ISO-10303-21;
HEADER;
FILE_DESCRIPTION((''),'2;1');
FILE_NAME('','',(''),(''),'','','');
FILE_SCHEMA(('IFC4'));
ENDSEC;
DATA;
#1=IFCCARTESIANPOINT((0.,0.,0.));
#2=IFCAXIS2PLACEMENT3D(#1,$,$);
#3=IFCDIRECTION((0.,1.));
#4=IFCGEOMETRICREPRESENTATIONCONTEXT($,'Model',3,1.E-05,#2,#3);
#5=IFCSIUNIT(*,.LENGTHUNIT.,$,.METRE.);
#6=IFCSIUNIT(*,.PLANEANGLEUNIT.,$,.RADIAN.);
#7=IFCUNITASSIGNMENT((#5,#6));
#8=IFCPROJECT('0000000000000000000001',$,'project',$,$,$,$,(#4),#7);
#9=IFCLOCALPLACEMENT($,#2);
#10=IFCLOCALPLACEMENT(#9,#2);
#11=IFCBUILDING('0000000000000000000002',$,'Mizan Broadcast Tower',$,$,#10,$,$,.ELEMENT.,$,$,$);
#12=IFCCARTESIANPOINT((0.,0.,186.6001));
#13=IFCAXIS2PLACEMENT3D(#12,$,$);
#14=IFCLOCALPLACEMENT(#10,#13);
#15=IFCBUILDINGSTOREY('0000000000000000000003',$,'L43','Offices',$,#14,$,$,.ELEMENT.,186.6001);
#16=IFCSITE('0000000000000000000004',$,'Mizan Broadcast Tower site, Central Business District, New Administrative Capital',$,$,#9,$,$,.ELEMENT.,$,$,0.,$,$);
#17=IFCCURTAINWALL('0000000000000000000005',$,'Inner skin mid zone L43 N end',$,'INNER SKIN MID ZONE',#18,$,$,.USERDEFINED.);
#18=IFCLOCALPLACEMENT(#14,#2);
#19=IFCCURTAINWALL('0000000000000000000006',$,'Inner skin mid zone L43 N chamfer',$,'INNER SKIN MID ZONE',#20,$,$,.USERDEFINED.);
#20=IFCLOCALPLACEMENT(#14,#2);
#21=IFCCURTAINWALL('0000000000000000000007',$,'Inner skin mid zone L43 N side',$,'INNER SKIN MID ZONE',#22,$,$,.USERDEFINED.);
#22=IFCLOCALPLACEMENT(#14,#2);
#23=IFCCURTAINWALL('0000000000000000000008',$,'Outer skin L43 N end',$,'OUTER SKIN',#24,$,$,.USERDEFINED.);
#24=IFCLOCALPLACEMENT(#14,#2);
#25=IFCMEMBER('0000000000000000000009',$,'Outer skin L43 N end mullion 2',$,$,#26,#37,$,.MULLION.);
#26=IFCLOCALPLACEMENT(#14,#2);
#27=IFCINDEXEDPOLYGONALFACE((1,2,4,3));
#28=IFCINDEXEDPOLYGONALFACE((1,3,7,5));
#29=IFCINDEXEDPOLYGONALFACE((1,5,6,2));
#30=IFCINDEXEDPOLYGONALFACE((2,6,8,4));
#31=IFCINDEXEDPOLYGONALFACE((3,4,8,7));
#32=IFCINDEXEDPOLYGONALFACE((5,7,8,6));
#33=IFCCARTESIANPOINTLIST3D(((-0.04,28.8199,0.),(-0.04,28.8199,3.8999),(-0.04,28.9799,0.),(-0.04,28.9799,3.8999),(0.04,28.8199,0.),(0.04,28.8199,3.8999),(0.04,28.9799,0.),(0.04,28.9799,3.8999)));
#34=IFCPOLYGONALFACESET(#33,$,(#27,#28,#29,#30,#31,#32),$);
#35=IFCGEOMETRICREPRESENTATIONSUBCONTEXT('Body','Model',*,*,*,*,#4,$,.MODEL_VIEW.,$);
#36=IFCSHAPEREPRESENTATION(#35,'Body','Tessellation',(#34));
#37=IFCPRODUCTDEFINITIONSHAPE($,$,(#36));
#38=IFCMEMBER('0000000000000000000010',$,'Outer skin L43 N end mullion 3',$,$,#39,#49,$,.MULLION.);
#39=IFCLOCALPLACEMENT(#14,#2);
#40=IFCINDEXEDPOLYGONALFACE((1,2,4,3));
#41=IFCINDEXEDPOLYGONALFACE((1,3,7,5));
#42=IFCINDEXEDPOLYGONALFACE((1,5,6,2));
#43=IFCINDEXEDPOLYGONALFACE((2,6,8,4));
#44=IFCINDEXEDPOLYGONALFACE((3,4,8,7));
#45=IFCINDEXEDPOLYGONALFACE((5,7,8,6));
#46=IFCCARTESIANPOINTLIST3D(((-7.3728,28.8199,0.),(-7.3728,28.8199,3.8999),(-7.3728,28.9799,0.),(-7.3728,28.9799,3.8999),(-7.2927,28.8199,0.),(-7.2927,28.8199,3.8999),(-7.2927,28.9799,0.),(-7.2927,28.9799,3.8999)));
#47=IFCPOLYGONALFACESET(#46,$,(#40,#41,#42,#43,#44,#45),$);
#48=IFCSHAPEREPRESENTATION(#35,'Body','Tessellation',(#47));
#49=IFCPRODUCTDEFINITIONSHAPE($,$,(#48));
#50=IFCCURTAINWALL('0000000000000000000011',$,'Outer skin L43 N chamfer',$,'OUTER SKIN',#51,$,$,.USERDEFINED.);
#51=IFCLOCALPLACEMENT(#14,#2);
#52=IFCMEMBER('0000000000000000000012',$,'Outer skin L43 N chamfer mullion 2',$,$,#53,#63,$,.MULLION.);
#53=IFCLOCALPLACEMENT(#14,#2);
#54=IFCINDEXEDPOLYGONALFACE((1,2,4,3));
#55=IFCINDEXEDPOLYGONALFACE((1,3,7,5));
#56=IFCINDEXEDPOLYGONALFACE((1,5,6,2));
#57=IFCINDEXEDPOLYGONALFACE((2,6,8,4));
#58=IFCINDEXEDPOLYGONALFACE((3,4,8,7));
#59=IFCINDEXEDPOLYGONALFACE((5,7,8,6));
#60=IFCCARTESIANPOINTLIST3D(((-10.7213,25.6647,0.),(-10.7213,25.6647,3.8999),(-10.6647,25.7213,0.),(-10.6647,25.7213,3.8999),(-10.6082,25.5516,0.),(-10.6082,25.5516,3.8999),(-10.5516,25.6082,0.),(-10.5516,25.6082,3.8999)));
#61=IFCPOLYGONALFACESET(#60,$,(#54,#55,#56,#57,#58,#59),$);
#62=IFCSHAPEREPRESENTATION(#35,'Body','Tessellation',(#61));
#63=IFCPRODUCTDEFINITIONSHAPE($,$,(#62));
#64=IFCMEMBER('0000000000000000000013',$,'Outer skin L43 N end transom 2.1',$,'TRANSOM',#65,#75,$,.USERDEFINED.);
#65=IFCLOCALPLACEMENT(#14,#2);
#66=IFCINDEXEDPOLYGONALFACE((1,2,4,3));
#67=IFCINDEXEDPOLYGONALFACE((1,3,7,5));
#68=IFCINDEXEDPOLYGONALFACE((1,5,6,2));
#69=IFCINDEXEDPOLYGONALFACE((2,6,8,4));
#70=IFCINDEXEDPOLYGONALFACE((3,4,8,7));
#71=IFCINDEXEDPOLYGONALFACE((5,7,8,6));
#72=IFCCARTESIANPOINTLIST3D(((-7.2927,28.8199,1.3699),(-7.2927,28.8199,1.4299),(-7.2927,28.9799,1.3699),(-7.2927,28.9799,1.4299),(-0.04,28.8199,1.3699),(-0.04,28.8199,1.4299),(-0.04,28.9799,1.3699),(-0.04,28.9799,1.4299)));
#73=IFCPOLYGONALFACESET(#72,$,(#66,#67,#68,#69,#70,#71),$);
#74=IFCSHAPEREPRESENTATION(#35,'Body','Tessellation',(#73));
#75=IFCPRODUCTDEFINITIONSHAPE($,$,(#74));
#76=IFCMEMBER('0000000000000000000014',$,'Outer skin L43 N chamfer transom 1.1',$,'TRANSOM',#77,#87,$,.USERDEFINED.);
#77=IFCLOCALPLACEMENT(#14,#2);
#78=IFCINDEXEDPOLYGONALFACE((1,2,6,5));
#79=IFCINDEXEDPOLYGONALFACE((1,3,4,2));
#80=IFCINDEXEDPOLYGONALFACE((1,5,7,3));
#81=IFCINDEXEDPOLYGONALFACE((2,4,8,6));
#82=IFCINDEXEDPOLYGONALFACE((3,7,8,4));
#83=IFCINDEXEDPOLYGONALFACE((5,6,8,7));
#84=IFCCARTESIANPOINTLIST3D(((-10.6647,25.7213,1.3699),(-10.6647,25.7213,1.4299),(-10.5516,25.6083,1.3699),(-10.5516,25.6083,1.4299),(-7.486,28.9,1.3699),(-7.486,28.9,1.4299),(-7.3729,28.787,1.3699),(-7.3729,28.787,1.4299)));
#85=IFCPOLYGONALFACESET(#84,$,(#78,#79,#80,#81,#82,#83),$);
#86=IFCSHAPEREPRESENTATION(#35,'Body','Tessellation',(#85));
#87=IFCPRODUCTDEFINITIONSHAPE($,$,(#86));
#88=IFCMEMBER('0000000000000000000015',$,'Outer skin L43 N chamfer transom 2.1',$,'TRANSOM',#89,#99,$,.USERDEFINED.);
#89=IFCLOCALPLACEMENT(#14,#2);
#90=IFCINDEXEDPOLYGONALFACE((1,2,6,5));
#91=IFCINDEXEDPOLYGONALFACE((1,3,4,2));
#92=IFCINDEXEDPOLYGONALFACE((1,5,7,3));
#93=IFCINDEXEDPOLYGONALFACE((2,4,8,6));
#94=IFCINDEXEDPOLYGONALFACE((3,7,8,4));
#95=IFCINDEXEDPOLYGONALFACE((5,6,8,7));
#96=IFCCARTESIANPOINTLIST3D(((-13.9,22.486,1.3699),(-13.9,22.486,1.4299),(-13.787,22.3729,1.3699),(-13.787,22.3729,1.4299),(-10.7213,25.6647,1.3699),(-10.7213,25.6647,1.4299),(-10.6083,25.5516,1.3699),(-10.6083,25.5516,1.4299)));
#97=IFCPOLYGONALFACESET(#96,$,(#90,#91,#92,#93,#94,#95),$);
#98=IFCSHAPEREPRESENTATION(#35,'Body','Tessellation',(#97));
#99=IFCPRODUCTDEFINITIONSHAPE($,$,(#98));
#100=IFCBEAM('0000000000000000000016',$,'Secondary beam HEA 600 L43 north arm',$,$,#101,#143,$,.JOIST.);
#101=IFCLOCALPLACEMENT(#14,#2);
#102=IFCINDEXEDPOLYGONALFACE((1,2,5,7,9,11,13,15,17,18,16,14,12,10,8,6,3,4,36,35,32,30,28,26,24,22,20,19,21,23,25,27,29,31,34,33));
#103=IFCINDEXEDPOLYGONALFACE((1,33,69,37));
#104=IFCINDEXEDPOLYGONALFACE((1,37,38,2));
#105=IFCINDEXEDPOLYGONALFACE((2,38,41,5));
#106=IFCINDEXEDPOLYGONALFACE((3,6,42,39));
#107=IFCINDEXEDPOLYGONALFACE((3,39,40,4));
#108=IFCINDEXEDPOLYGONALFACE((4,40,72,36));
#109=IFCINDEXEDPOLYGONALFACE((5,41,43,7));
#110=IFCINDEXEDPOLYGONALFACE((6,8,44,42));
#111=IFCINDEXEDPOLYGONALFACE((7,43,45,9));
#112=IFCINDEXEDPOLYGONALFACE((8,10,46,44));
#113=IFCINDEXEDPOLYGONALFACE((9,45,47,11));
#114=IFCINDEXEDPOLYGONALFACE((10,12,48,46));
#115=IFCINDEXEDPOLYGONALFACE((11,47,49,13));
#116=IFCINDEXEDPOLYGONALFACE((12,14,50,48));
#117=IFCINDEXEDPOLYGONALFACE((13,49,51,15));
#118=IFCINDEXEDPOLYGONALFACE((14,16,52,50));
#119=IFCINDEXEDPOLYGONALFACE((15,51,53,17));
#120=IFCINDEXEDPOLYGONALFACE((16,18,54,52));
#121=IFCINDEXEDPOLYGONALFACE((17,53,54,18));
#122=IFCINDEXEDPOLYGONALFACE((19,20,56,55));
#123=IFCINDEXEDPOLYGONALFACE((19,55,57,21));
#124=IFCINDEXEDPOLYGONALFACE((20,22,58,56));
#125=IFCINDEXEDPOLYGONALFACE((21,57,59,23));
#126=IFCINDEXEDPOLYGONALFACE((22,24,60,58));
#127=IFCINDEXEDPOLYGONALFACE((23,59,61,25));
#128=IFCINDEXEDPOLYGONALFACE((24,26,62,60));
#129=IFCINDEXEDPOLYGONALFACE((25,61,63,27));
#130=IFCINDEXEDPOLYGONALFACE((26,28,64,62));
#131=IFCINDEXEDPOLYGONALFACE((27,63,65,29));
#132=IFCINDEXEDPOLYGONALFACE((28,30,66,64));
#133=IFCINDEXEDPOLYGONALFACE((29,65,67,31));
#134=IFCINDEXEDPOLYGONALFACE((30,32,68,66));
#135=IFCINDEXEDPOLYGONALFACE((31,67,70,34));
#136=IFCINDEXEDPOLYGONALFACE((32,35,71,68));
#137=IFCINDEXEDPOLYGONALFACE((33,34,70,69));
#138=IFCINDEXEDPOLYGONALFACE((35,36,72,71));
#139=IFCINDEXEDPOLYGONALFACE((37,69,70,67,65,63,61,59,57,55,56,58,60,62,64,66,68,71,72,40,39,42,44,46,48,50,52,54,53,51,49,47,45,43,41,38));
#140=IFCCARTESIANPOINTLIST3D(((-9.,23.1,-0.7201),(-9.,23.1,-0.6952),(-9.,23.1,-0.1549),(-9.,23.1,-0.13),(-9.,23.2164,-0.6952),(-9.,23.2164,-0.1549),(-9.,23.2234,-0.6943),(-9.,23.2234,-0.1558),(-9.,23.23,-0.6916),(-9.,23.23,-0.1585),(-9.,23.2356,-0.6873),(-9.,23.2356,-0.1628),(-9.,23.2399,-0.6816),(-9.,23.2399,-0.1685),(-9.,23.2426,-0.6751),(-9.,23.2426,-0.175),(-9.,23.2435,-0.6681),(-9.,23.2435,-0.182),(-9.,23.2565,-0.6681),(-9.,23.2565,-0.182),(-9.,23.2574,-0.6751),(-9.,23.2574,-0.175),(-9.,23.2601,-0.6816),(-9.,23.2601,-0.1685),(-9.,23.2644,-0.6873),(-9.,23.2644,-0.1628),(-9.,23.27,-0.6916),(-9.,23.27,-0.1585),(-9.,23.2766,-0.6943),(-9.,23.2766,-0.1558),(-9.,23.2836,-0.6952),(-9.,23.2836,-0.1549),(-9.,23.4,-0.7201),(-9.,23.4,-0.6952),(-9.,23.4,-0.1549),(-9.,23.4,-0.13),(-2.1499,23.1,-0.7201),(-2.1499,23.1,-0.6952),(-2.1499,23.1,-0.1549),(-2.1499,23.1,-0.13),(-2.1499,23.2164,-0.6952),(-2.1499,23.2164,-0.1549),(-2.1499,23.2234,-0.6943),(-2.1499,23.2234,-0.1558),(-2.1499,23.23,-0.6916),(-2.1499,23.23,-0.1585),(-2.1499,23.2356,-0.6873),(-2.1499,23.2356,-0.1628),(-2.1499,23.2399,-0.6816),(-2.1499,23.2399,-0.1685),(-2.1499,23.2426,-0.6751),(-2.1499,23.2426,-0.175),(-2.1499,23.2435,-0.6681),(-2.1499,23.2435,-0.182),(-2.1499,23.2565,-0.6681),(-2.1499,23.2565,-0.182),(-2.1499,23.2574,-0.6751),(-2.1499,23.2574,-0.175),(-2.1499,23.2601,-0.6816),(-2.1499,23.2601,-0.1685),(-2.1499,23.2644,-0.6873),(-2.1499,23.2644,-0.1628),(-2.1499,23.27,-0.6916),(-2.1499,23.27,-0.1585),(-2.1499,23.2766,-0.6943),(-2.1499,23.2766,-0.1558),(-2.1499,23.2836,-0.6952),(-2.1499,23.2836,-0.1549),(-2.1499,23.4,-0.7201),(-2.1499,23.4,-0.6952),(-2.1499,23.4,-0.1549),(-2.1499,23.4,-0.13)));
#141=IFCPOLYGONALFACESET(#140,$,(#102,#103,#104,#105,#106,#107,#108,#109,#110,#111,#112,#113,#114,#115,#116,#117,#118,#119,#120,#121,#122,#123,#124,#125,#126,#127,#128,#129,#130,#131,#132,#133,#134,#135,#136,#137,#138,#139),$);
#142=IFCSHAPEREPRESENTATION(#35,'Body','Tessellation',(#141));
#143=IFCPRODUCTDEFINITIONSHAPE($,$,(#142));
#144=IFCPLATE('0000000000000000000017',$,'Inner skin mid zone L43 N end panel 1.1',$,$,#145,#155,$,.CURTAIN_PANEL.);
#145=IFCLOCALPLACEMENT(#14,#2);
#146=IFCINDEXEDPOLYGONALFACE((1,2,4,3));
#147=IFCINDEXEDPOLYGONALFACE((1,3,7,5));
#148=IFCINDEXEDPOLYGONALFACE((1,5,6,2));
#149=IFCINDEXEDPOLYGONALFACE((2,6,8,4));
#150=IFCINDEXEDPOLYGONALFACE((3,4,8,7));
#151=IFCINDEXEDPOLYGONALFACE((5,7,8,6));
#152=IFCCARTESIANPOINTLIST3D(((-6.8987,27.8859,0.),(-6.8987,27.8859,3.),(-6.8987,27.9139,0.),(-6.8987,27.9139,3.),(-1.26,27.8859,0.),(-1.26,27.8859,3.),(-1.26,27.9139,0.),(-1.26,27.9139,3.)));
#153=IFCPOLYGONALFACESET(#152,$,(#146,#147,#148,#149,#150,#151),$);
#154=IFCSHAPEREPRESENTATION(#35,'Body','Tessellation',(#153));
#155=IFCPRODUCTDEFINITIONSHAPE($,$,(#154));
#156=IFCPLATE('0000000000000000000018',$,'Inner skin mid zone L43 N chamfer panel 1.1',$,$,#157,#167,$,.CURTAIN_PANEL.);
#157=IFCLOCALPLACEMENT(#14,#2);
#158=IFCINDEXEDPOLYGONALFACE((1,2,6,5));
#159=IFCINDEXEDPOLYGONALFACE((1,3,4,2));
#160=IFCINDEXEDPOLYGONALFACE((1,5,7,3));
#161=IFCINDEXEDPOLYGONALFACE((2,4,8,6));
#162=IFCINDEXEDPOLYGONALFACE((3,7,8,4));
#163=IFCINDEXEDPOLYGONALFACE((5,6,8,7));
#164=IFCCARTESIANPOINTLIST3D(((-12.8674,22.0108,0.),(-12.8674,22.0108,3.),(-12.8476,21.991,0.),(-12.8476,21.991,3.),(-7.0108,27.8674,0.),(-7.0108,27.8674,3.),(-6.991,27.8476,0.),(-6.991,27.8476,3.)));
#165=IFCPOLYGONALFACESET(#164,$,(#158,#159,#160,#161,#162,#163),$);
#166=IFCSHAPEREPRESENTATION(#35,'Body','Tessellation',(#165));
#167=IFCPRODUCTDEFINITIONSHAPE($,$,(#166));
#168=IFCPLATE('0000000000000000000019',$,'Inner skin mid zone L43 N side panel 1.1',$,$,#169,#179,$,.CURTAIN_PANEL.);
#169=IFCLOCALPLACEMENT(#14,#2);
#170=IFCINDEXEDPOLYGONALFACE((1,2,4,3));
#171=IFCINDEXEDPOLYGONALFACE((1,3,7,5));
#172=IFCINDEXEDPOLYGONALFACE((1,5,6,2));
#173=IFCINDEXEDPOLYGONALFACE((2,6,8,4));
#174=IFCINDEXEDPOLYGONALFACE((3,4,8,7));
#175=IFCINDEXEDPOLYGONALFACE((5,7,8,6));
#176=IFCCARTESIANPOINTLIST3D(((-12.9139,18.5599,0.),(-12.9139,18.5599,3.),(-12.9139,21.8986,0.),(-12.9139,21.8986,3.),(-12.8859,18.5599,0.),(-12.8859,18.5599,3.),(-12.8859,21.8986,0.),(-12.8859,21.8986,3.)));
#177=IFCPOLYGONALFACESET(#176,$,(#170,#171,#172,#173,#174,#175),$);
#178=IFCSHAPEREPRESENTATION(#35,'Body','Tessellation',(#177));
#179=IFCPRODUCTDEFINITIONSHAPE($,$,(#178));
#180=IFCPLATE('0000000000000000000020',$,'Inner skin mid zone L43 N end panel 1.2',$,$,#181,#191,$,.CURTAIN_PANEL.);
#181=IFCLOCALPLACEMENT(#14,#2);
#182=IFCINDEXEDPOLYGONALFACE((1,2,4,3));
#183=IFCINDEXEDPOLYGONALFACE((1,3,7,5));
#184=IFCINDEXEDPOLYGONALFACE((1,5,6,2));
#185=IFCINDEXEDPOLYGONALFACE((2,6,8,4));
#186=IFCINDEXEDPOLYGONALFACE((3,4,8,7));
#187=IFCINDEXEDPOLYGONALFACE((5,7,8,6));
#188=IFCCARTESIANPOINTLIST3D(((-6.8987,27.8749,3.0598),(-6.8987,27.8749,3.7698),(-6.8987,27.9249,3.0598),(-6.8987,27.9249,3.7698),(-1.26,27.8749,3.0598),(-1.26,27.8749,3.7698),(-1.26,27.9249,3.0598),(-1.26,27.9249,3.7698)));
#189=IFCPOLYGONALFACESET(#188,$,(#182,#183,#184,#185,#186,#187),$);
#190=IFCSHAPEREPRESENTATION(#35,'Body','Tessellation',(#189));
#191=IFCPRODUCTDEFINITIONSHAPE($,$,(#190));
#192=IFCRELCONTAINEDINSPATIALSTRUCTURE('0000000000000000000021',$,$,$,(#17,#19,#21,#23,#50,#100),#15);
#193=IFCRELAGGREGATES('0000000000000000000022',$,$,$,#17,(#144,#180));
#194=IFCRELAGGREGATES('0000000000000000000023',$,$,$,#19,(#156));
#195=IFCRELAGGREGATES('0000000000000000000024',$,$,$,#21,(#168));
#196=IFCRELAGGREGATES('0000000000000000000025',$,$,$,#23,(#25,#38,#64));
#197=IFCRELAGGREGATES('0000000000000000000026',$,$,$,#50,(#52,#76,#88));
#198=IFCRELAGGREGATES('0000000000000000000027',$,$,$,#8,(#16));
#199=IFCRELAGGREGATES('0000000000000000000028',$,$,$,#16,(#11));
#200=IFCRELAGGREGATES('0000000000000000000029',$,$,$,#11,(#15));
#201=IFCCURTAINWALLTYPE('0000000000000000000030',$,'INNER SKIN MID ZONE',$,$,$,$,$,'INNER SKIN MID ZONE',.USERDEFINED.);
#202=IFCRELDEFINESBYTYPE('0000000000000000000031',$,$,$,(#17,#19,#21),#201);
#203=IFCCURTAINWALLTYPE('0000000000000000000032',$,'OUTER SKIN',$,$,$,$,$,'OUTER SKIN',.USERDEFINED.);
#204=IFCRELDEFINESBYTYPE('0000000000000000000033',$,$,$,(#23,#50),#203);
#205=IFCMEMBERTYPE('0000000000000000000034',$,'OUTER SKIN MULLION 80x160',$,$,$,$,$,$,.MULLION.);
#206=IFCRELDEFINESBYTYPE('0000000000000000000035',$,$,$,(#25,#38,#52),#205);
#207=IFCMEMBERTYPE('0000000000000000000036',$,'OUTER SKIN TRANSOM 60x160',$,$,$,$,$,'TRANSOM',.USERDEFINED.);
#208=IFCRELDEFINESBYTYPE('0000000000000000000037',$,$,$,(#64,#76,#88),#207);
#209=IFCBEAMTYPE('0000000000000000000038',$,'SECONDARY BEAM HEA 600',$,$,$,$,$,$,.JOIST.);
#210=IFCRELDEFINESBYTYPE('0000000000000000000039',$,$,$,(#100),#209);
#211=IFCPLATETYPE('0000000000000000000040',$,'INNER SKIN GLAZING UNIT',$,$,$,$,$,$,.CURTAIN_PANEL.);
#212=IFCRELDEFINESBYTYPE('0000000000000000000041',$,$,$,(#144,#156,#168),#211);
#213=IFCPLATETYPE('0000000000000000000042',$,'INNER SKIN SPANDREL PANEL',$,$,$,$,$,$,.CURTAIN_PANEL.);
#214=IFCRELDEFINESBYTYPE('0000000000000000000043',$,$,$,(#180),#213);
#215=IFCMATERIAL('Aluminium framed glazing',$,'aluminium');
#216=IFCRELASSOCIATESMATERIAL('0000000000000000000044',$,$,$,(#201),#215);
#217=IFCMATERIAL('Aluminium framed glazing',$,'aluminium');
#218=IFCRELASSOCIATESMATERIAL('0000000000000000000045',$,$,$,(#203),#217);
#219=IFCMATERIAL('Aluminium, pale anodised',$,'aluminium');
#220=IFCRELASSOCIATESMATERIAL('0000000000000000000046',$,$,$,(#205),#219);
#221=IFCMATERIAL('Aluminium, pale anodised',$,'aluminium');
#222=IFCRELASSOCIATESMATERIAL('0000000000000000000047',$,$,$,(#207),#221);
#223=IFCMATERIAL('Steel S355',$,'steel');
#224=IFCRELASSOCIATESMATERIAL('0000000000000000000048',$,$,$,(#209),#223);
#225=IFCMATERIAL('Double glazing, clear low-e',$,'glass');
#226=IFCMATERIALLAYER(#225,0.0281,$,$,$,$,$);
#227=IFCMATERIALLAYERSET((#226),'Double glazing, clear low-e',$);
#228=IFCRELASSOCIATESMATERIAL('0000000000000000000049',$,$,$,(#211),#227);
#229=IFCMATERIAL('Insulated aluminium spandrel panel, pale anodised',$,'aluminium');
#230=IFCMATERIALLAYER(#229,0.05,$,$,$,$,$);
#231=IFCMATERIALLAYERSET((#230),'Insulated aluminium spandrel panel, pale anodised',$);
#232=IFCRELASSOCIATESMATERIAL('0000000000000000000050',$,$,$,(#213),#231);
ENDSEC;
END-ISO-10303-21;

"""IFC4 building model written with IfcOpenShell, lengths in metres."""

from ifc_helpers import new_model, si_unit, direction, frame, origin, origin_2d, place, context, subcontext, project, spatial, rectangle, i_section, extrude, material, layer, layer_set, material_profile, profile_set, type_object, element, aggregate, save


model = new_model("IFC4")

# Units and contexts
model_context = context("Model", 3, precision=1e-05, world=origin(), true_north=direction((0.0, 1.0)))
body_context = subcontext(model_context, "Body", "Model", "MODEL_VIEW")
ifc_project = project(units=[si_unit("LENGTHUNIT", "METRE"), si_unit("PLANEANGLEUNIT", "RADIAN")], contexts=[model_context])

# Site, building, storey
site_placement = place(None, origin())
site = spatial("IfcSite", under=ifc_project, at=site_placement, Name="Mizan Broadcast Tower site, Central Business District, New Administrative Capital", CompositionType="ELEMENT", RefElevation=0.0)
building_placement = place(site_placement, origin())
building = spatial("IfcBuilding", under=site, at=building_placement, Name="Mizan Broadcast Tower", CompositionType="ELEMENT")
storey_placement = place(building_placement, frame((0.0, 0.0, 186.6001)))
storey = spatial("IfcBuildingStorey", under=building, at=storey_placement, Name="L43", Description="Offices", CompositionType="ELEMENT", Elevation=186.6001)

# Curtain wall
ifc_material_1 = material(Name="Aluminium framed glazing", Category="aluminium")
curtain_wall_type_1 = type_object("IfcCurtainWallType", Name="INNER SKIN MID ZONE", ElementType="INNER SKIN MID ZONE", PredefinedType="USERDEFINED", material=ifc_material_1)
curtain_wall_1_placement = place(storey_placement, origin())
curtain_wall_1 = element("IfcCurtainWall", 1, at=curtain_wall_1_placement, inside=storey, type_object=curtain_wall_type_1, Name="Inner skin mid zone L43 N end", ObjectType="INNER SKIN MID ZONE", PredefinedType="USERDEFINED")

# Curtain wall
curtain_wall_2_placement = place(storey_placement, origin())
curtain_wall_2 = element("IfcCurtainWall", 2, at=curtain_wall_2_placement, inside=storey, type_object=curtain_wall_type_1, Name="Inner skin mid zone L43 N chamfer", ObjectType="INNER SKIN MID ZONE", PredefinedType="USERDEFINED")

# Curtain wall
curtain_wall_3_placement = place(storey_placement, origin())
curtain_wall_3 = element("IfcCurtainWall", 3, at=curtain_wall_3_placement, inside=storey, type_object=curtain_wall_type_1, Name="Inner skin mid zone L43 N side", ObjectType="INNER SKIN MID ZONE", PredefinedType="USERDEFINED")

# Curtain wall, members
ifc_material_2 = material(Name="Aluminium framed glazing", Category="aluminium")
curtain_wall_type_2 = type_object("IfcCurtainWallType", Name="OUTER SKIN", ElementType="OUTER SKIN", PredefinedType="USERDEFINED", material=ifc_material_2)
curtain_wall_4_placement = place(storey_placement, origin())
curtain_wall_4 = element("IfcCurtainWall", 4, at=curtain_wall_4_placement, inside=storey, type_object=curtain_wall_type_2, Name="Outer skin L43 N end", ObjectType="OUTER SKIN", PredefinedType="USERDEFINED")
ifc_material_3 = material(Name="Aluminium, pale anodised", Category="aluminium")
ifc_material_profile_1 = material_profile(ifc_material_3, rectangle(XDim=0.1599, YDim=0.0801, at=origin_2d()), Name="MULLION 160x80")
ifc_profile_set_1 = profile_set([ifc_material_profile_1], Name="Aluminium, pale anodised")
member_type_1 = type_object("IfcMemberType", Name="OUTER SKIN MULLION 80x160", PredefinedType="MULLION", material=ifc_profile_set_1)
member_1_placement = place(storey_placement, frame((0.0, 28.8999, 0.0), z_axis=(0.0, 0.0, 1.0), x_axis=(0.0, -1.0, 0.0)))
member_1 = element("IfcMember", 5, at=member_1_placement, type_object=member_type_1, Name="Outer skin L43 N end mullion 2", PredefinedType="MULLION", context=body_context, shape_type="SweptSolid", body=[
    extrude(rectangle(XDim=0.1599, YDim=0.0801, at=origin_2d()), origin(), (0.0, 0.0, 1.0), 3.8999),
])
member_2_placement = place(storey_placement, frame((-7.3328, 28.8999, 0.0), z_axis=(0.0, 0.0, 1.0), x_axis=(0.0, -1.0, 0.0)))
member_2 = element("IfcMember", 6, at=member_2_placement, type_object=member_type_1, Name="Outer skin L43 N end mullion 3", PredefinedType="MULLION", context=body_context, shape_type="SweptSolid", body=[
    extrude(rectangle(XDim=0.1599, YDim=0.0801, at=origin_2d()), origin(), (0.0, 0.0, 1.0), 3.8999),
])

# Curtain wall, member
curtain_wall_5_placement = place(storey_placement, origin())
curtain_wall_5 = element("IfcCurtainWall", 7, at=curtain_wall_5_placement, inside=storey, type_object=curtain_wall_type_2, Name="Outer skin L43 N chamfer", ObjectType="OUTER SKIN", PredefinedType="USERDEFINED")
member_3_placement = place(storey_placement, frame((-10.6365, 25.6365, 0.0), z_axis=(0.0, 0.0, 1.0), x_axis=(0.707107, -0.707107, 0.0)))
member_3 = element("IfcMember", 8, at=member_3_placement, type_object=member_type_1, Name="Outer skin L43 N chamfer mullion 2", PredefinedType="MULLION", context=body_context, shape_type="SweptSolid", body=[
    extrude(rectangle(XDim=0.1599, YDim=0.0801, at=origin_2d()), origin(), (0.0, 0.0, 1.0), 3.8999),
])

# Members
ifc_material_4 = material(Name="Aluminium, pale anodised", Category="aluminium")
ifc_material_profile_2 = material_profile(ifc_material_4, rectangle(XDim=0.1599, YDim=0.0601, at=origin_2d()), Name="TRANSOM 160x60")
ifc_profile_set_2 = profile_set([ifc_material_profile_2], Name="Aluminium, pale anodised")
member_type_2 = type_object("IfcMemberType", Name="OUTER SKIN TRANSOM 60x160", ElementType="TRANSOM", PredefinedType="USERDEFINED", material=ifc_profile_set_2)
member_4_placement = place(storey_placement, frame((-0.04, 28.8999, 1.3999), z_axis=(-1.0, 0.0, 0.0), x_axis=(0.0, -1.0, 0.0)))
member_4 = element("IfcMember", 9, at=member_4_placement, type_object=member_type_2, Name="Outer skin L43 N end transom 2.1", ObjectType="TRANSOM", PredefinedType="USERDEFINED", context=body_context, shape_type="SweptSolid", body=[
    extrude(rectangle(XDim=0.1599, YDim=0.0601, at=origin_2d()), origin(), (0.0, 0.0, 1.0), 7.2527),
])
member_5_placement = place(storey_placement, frame((-7.4294, 28.8435, 1.3999), z_axis=(-0.707107, -0.707107, 0.0), x_axis=(0.707107, -0.707107, 0.0)))
member_5 = element("IfcMember", 10, at=member_5_placement, type_object=member_type_2, Name="Outer skin L43 N chamfer transom 1.1", ObjectType="TRANSOM", PredefinedType="USERDEFINED", context=body_context, shape_type="SweptSolid", body=[
    extrude(rectangle(XDim=0.1599, YDim=0.0601, at=origin_2d()), origin(), (0.0, 0.0, 1.0), 4.4954),
])
member_6_placement = place(storey_placement, frame((-10.6648, 25.6082, 1.3999), z_axis=(-0.707107, -0.707107, 0.0), x_axis=(0.707107, -0.707107, 0.0)))
member_6 = element("IfcMember", 11, at=member_6_placement, type_object=member_type_2, Name="Outer skin L43 N chamfer transom 2.1", ObjectType="TRANSOM", PredefinedType="USERDEFINED", context=body_context, shape_type="SweptSolid", body=[
    extrude(rectangle(XDim=0.1599, YDim=0.0601, at=origin_2d()), origin(), (0.0, 0.0, 1.0), 4.4954),
])

# Beam
ifc_material_5 = material(Name="Steel S355", Category="steel")
ifc_material_profile_3 = material_profile(ifc_material_5, i_section(OverallWidth=0.3, OverallDepth=0.5901, WebThickness=0.0129, FlangeThickness=0.0249, FilletRadius=0.0271, at=origin_2d()), Name="HEA 600")
ifc_profile_set_3 = profile_set([ifc_material_profile_3], Name="Steel S355")
beam_type_1 = type_object("IfcBeamType", Name="SECONDARY BEAM HEA 600", PredefinedType="JOIST", material=ifc_profile_set_3)
beam_1_placement = place(storey_placement, frame((-9.0, 23.25, -0.425), z_axis=(1.0, 0.0, 0.0), x_axis=(0.0, 1.0, 0.0)))
element("IfcBeam", 12, at=beam_1_placement, inside=storey, type_object=beam_type_1, Name="Secondary beam HEA 600 L43 north arm", PredefinedType="JOIST", context=body_context, shape_type="SweptSolid", body=[
    extrude(i_section(OverallWidth=0.3, OverallDepth=0.5901, WebThickness=0.0129, FlangeThickness=0.0249, FilletRadius=0.0271, at=origin_2d()), origin(), (0.0, 0.0, 1.0), 6.8501),
])

# Plates
ifc_material_6 = material(Name="Double glazing, clear low-e", Category="glass")
ifc_layer_1 = layer(ifc_material_6, 0.0281)
ifc_layer_set_1 = layer_set([ifc_layer_1], Name="Double glazing, clear low-e")
plate_type_1 = type_object("IfcPlateType", Name="INNER SKIN GLAZING UNIT", PredefinedType="CURTAIN_PANEL", material=ifc_layer_set_1)
plate_1_placement = place(storey_placement, frame((-4.0793, 27.8999, 0.0), z_axis=(0.0, 0.0, 1.0), x_axis=(-1.0, 0.0, 0.0)))
plate_1 = element("IfcPlate", 13, at=plate_1_placement, type_object=plate_type_1, Name="Inner skin mid zone L43 N end panel 1.1", PredefinedType="CURTAIN_PANEL", context=body_context, shape_type="SweptSolid", body=[
    extrude(rectangle(XDim=5.6387, YDim=0.0281, at=origin_2d()), origin(), (0.0, 0.0, 1.0), 3.0),
])
plate_2_placement = place(storey_placement, frame((-9.9292, 24.9292, 0.0), z_axis=(0.0, 0.0, 1.0), x_axis=(-0.707107, -0.707107, 0.0)))
plate_2 = element("IfcPlate", 14, at=plate_2_placement, type_object=plate_type_1, Name="Inner skin mid zone L43 N chamfer panel 1.1", PredefinedType="CURTAIN_PANEL", context=body_context, shape_type="SweptSolid", body=[
    extrude(rectangle(XDim=8.2825, YDim=0.0281, at=origin_2d()), origin(), (0.0, 0.0, 1.0), 3.0),
])
plate_3_placement = place(storey_placement, frame((-12.8999, 20.2292, 0.0), z_axis=(0.0, 0.0, 1.0), x_axis=(0.0, -1.0, 0.0)))
plate_3 = element("IfcPlate", 15, at=plate_3_placement, type_object=plate_type_1, Name="Inner skin mid zone L43 N side panel 1.1", PredefinedType="CURTAIN_PANEL", context=body_context, shape_type="SweptSolid", body=[
    extrude(rectangle(XDim=3.3386, YDim=0.0281, at=origin_2d()), origin(), (0.0, 0.0, 1.0), 3.0),
])
ifc_material_7 = material(Name="Insulated aluminium spandrel panel, pale anodised", Category="aluminium")
ifc_layer_2 = layer(ifc_material_7, 0.05)
ifc_layer_set_2 = layer_set([ifc_layer_2], Name="Insulated aluminium spandrel panel, pale anodised")
plate_type_2 = type_object("IfcPlateType", Name="INNER SKIN SPANDREL PANEL", PredefinedType="CURTAIN_PANEL", material=ifc_layer_set_2)
plate_4_placement = place(storey_placement, frame((-4.0793, 27.8999, 3.0598), z_axis=(0.0, 0.0, 1.0), x_axis=(-1.0, 0.0, 0.0)))
plate_4 = element("IfcPlate", 16, at=plate_4_placement, type_object=plate_type_2, Name="Inner skin mid zone L43 N end panel 1.2", PredefinedType="CURTAIN_PANEL", context=body_context, shape_type="SweptSolid", body=[
    extrude(rectangle(XDim=5.6387, YDim=0.05, at=origin_2d()), origin(), (0.0, 0.0, 1.0), 0.71),
])
aggregate(curtain_wall_1, [plate_1, plate_4])
aggregate(curtain_wall_2, [plate_2])
aggregate(curtain_wall_3, [plate_3])
aggregate(curtain_wall_4, [member_1, member_2, member_4])
aggregate(curtain_wall_5, [member_3, member_5, member_6])

save(model, "model.ifc")
